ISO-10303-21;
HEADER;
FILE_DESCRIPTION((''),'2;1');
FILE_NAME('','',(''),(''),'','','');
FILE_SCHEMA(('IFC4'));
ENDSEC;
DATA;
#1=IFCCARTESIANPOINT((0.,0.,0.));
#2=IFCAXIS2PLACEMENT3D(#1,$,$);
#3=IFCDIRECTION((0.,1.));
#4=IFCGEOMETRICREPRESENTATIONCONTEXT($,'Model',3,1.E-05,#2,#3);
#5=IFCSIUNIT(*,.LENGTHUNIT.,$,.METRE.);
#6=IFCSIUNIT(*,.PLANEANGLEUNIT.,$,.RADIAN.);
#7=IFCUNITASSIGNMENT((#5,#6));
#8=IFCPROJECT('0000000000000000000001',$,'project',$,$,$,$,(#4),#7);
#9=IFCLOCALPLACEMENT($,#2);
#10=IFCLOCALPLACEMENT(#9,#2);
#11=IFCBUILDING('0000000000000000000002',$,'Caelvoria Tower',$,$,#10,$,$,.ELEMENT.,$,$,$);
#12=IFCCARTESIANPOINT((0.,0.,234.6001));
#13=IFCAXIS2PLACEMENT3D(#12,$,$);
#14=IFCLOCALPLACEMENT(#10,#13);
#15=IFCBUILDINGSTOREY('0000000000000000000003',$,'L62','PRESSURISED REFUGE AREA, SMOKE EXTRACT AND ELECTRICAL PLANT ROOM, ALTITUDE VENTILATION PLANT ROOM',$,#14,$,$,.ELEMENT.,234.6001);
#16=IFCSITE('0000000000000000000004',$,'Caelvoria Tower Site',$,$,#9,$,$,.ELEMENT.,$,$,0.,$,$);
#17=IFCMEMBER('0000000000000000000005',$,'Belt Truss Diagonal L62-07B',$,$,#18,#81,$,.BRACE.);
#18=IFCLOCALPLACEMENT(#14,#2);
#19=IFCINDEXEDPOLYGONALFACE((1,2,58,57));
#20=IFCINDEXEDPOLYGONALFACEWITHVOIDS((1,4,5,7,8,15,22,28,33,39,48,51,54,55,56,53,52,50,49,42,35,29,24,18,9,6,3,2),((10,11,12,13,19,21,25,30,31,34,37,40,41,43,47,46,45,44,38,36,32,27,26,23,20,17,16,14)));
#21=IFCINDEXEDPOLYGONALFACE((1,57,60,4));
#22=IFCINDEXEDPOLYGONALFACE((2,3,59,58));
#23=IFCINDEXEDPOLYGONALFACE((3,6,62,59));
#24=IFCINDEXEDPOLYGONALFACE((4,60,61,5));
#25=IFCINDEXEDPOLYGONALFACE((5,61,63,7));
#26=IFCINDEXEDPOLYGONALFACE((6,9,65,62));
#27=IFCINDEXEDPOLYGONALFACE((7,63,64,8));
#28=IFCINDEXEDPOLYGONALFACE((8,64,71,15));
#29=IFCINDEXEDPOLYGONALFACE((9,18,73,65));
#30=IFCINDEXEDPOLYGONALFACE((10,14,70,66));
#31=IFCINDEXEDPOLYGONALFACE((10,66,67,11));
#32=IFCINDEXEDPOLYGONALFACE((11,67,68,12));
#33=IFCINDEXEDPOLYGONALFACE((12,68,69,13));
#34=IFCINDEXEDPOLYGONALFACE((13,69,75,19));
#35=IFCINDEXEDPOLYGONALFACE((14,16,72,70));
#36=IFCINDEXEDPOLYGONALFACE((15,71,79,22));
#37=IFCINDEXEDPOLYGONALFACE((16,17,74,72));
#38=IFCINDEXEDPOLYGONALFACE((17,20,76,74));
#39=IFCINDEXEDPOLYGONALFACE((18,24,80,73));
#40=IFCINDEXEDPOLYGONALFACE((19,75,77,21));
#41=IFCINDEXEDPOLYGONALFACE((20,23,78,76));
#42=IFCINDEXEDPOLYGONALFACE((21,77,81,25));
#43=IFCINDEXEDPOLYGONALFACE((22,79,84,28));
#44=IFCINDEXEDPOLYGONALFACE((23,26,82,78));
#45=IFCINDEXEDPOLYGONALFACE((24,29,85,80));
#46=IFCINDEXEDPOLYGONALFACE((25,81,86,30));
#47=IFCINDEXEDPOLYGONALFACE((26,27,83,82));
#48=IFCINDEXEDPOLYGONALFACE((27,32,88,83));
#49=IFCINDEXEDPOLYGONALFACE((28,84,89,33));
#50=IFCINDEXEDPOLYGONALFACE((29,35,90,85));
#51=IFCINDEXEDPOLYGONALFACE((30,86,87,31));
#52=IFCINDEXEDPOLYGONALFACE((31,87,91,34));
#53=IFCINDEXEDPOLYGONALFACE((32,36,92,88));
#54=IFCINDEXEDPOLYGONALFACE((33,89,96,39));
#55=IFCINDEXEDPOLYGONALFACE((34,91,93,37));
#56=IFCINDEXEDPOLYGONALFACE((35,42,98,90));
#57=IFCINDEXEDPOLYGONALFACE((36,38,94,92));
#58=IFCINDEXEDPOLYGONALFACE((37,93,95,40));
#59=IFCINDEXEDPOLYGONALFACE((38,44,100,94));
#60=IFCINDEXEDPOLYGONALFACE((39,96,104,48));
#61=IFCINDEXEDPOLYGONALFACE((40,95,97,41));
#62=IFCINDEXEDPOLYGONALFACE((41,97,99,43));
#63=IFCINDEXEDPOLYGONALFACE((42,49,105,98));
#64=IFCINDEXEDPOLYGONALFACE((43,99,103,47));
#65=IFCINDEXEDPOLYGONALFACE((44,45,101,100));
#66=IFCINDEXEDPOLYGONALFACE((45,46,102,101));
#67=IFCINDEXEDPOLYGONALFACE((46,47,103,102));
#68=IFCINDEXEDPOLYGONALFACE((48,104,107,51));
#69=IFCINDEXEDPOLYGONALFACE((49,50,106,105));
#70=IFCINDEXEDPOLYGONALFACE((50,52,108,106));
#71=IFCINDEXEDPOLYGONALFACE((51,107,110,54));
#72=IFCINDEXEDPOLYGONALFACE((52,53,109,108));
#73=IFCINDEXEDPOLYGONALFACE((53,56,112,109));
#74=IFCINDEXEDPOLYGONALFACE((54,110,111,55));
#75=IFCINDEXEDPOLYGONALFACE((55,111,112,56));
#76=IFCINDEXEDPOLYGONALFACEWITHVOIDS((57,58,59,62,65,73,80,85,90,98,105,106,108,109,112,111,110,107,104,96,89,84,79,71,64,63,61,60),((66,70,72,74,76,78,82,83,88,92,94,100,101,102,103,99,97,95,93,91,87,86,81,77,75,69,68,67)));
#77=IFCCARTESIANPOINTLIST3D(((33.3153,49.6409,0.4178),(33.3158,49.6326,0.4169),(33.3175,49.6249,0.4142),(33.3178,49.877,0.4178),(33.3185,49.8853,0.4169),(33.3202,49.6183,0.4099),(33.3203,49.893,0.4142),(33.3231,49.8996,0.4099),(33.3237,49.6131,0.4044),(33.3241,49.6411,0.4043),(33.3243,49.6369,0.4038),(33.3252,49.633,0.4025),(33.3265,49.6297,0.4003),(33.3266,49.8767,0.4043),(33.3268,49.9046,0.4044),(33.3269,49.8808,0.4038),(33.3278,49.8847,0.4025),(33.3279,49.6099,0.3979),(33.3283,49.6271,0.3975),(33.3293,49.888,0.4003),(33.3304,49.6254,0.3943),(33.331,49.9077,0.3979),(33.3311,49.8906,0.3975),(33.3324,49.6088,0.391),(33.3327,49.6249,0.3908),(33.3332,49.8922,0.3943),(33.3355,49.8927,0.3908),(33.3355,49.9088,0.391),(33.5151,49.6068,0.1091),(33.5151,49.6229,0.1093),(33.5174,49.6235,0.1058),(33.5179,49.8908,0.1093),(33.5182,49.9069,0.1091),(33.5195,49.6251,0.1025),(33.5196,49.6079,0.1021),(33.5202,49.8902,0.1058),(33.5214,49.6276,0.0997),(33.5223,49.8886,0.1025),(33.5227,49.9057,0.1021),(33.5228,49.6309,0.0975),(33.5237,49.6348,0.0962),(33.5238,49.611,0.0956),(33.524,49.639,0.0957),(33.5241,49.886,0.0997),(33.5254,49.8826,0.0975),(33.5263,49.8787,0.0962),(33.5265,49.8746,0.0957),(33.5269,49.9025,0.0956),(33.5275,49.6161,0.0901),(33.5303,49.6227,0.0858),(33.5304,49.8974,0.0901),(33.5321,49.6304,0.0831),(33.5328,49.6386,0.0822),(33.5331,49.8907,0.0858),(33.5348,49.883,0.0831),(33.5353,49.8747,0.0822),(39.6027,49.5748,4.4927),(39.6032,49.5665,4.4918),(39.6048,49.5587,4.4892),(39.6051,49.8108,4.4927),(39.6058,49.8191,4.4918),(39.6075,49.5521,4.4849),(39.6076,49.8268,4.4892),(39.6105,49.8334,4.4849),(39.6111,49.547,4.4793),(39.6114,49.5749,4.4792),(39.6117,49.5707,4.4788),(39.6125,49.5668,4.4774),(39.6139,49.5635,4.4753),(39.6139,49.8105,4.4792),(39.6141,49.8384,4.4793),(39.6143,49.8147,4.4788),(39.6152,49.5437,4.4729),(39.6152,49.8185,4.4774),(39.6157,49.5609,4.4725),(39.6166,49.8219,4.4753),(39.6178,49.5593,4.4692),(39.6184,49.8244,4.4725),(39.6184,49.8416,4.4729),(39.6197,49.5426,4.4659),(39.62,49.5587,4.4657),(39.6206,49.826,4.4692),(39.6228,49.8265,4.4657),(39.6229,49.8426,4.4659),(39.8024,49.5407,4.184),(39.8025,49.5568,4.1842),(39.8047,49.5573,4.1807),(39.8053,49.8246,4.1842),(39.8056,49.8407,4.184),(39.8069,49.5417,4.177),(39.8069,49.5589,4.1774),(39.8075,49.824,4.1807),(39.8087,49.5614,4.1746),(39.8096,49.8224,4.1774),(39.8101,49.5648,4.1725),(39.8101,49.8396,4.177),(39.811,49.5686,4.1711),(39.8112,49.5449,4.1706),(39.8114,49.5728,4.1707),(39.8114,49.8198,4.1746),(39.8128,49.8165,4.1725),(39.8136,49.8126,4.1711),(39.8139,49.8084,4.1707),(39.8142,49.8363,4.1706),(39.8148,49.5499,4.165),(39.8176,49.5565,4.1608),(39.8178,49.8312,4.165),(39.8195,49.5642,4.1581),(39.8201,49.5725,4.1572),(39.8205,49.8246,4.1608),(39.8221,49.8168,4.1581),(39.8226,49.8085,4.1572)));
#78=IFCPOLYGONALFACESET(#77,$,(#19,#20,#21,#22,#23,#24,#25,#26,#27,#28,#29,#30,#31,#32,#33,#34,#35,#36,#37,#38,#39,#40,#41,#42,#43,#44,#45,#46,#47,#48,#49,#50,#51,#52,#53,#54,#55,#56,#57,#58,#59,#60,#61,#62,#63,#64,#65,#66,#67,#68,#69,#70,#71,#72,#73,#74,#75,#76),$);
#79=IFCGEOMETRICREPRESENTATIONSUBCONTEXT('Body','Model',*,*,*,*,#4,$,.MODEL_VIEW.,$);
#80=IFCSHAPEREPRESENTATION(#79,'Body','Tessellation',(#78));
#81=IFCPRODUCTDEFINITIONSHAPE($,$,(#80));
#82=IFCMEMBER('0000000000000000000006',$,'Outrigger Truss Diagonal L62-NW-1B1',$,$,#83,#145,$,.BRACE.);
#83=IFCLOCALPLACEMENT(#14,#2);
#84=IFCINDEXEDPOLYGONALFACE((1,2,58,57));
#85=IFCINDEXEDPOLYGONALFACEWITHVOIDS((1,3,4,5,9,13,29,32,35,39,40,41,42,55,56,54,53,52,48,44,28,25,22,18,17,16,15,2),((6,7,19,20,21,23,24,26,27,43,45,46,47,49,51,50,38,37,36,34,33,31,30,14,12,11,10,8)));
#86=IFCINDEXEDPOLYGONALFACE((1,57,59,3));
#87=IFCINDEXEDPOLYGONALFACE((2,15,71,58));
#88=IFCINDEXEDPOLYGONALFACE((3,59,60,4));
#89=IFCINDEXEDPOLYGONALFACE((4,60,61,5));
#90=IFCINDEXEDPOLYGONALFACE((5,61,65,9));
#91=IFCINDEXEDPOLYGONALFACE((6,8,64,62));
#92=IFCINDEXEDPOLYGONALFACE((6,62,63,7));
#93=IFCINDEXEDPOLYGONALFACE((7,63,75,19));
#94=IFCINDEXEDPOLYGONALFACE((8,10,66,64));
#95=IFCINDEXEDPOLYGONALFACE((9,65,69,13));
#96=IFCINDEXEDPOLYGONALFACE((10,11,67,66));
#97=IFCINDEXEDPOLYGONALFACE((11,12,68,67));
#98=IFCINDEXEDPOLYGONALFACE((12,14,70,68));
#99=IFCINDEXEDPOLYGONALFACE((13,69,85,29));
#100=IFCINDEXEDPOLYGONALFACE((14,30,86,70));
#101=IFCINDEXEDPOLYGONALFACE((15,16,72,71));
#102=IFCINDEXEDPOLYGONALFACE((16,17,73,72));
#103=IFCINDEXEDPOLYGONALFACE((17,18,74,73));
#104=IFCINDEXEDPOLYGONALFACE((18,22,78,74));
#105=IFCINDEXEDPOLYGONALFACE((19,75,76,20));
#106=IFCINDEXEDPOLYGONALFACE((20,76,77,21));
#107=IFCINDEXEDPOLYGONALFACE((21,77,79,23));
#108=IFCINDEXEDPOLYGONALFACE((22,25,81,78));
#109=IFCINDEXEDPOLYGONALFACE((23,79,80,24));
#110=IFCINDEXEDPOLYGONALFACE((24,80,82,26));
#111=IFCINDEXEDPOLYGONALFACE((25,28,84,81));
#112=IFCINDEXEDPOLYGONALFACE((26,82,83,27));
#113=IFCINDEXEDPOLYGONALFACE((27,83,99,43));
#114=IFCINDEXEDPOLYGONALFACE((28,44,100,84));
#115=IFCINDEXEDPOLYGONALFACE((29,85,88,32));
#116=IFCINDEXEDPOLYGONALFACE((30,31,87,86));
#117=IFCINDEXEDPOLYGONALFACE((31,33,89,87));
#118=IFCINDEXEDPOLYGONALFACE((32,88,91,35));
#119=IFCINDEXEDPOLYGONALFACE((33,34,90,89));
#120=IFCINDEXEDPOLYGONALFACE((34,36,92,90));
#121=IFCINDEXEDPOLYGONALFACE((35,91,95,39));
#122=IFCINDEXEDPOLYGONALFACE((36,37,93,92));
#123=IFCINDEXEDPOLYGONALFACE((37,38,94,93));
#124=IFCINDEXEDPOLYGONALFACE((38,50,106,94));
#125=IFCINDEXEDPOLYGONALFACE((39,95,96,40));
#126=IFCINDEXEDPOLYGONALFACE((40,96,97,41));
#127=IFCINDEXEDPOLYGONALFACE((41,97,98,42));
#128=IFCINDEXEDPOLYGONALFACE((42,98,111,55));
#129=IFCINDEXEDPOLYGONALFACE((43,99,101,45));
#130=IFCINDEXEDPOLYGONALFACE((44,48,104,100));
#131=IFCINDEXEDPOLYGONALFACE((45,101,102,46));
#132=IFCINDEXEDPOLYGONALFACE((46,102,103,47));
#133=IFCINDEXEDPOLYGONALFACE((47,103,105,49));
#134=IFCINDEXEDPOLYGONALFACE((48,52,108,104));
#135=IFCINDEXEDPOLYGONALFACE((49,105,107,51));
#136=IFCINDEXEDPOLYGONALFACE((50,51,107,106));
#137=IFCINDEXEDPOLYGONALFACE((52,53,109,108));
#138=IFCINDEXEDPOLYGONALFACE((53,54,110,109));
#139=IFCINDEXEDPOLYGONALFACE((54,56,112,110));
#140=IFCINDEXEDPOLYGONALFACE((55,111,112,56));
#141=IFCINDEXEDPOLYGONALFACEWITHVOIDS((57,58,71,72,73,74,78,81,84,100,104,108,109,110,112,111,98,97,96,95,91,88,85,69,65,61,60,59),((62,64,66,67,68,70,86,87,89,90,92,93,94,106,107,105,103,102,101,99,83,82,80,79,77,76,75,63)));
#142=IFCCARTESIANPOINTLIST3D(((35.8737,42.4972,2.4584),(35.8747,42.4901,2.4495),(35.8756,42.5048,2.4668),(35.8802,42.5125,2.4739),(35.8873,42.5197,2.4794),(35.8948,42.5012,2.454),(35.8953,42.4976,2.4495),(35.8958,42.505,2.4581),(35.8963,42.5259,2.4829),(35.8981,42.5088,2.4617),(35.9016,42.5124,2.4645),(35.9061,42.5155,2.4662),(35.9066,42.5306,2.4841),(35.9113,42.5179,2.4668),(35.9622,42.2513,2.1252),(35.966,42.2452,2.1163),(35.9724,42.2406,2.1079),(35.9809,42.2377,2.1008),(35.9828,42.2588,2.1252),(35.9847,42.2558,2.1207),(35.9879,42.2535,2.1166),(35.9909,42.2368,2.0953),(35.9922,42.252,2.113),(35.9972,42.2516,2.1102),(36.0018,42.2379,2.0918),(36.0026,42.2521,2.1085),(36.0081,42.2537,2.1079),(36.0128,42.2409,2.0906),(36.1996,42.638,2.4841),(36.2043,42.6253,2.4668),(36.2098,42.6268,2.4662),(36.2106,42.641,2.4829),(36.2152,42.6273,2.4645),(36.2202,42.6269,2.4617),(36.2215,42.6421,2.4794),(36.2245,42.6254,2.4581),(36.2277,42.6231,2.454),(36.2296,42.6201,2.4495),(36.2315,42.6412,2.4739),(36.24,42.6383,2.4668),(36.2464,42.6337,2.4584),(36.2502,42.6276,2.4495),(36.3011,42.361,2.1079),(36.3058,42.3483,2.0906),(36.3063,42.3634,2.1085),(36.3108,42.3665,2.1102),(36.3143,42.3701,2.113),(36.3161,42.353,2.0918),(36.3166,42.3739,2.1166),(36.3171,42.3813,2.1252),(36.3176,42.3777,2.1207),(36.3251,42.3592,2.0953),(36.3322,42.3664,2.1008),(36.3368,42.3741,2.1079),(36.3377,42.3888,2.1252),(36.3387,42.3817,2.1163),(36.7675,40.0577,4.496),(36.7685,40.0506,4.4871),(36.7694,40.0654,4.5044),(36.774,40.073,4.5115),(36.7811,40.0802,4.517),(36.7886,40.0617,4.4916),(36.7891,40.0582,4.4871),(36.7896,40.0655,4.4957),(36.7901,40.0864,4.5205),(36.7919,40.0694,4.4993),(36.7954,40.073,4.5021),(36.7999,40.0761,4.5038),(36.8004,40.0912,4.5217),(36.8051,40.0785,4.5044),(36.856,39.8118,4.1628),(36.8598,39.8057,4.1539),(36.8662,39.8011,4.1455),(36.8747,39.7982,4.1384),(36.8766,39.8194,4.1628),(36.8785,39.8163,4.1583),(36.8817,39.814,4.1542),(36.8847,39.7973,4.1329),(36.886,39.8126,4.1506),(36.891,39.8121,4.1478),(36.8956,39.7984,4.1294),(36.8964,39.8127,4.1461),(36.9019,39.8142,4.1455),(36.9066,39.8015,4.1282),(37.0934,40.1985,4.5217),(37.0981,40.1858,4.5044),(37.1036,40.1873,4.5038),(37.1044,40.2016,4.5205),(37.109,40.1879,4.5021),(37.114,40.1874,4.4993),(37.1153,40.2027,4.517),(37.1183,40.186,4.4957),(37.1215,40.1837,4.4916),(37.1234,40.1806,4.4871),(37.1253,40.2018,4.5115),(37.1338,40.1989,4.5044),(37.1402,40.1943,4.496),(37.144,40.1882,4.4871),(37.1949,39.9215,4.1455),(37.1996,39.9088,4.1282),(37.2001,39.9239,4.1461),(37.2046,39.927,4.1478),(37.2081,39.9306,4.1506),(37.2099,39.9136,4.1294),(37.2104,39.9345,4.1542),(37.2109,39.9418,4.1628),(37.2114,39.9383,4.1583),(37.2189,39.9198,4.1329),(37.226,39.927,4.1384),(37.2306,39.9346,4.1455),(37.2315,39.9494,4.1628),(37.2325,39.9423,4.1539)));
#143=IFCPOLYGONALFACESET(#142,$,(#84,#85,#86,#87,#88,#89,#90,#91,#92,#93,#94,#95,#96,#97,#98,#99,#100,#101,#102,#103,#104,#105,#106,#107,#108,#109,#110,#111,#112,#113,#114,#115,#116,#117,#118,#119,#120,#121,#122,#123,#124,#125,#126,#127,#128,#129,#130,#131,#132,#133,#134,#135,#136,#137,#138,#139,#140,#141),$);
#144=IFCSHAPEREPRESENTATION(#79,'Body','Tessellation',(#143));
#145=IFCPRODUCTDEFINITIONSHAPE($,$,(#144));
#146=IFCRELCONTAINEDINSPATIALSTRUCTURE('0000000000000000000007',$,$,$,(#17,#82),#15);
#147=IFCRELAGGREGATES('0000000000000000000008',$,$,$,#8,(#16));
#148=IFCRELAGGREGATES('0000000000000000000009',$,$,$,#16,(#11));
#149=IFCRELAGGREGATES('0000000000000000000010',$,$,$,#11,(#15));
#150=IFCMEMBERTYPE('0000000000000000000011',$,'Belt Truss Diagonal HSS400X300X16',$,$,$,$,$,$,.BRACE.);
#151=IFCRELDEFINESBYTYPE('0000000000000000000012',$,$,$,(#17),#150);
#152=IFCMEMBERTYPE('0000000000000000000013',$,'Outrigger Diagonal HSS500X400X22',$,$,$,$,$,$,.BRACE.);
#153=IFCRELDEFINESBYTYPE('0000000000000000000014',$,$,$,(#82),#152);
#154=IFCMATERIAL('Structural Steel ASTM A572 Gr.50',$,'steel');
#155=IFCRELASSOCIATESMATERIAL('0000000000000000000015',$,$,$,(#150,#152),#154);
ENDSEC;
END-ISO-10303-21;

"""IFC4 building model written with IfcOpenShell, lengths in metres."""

from ifc_helpers import new_model, si_unit, direction, frame, origin, origin_2d, place, context, subcontext, project, spatial, hollow_rectangle, extrude, material, material_profile, profile_set, type_object, element, save


model = new_model("IFC4")

# Units and contexts
model_context = context("Model", 3, precision=1e-05, world=origin(), true_north=direction((0.0, 1.0)))
body_context = subcontext(model_context, "Body", "Model", "MODEL_VIEW")
ifc_project = project(units=[si_unit("LENGTHUNIT", "METRE"), si_unit("PLANEANGLEUNIT", "RADIAN")], contexts=[model_context])

# Site, building, storey
site_placement = place(None, origin())
site = spatial("IfcSite", under=ifc_project, at=site_placement, Name="Caelvoria Tower Site", CompositionType="ELEMENT", RefElevation=0.0)
building_placement = place(site_placement, origin())
building = spatial("IfcBuilding", under=site, at=building_placement, Name="Caelvoria Tower", CompositionType="ELEMENT")
storey_placement = place(building_placement, frame((0.0, 0.0, 234.6001)))
storey = spatial("IfcBuildingStorey", under=building, at=storey_placement, Name="L62", Description="PRESSURISED REFUGE AREA, SMOKE EXTRACT AND ELECTRICAL PLANT ROOM, ALTITUDE VENTILATION PLANT ROOM", CompositionType="ELEMENT", Elevation=234.6001)

# Members
ifc_material_1 = material(Name="Structural Steel ASTM A572 Gr.50", Category="steel")
ifc_material_profile_1 = material_profile(ifc_material_1, hollow_rectangle(XDim=0.3, YDim=0.3999, WallThickness=0.0161, InnerFilletRadius=0.0161, OuterFilletRadius=0.032, at=origin_2d()), Name="Structural Steel ASTM A572 Gr.50")
ifc_profile_set_1 = profile_set([ifc_material_profile_1], Name="HSS400X300X16 - Structural Steel ASTM A572 Gr.50")
member_type_1 = type_object("IfcMemberType", Name="Belt Truss Diagonal HSS400X300X16", PredefinedType="BRACE", material=ifc_profile_set_1)
member_1_placement = place(storey_placement, frame((39.7126, 49.6917, 4.325), z_axis=(-0.839132, 0.00883, -0.543857), x_axis=(-0.010522, -0.999945, 0.0)))
element("IfcMember", 1, at=member_1_placement, inside=storey, type_object=member_type_1, Name="Belt Truss Diagonal L62-07B", PredefinedType="BRACE", context=body_context, shape_type="SweptSolid", body=[
    extrude(hollow_rectangle(XDim=0.3, YDim=0.3999, WallThickness=0.0161, InnerFilletRadius=0.0161, OuterFilletRadius=0.032, at=origin_2d()), origin(), (0.0, 0.0, 1.0), 7.4927),
])
ifc_material_profile_2 = material_profile(ifc_material_1, hollow_rectangle(XDim=0.3999, YDim=0.5, WallThickness=0.022, InnerFilletRadius=0.022, OuterFilletRadius=0.0439, at=origin_2d()), Name="Structural Steel ASTM A572 Gr.50")
ifc_profile_set_2 = profile_set([ifc_material_profile_2], Name="HSS500X400X22 - Structural Steel ASTM A572 Gr.50")
member_type_2 = type_object("IfcMemberType", Name="Outrigger Diagonal HSS500X400X22", PredefinedType="BRACE", material=ifc_profile_set_2)
member_2_placement = place(storey_placement, frame((37.0, 40.0, 4.325), z_axis=(-0.270704, 0.738834, -0.617125), x_axis=(-0.938959, -0.344028, 0.0)))
element("IfcMember", 2, at=member_2_placement, inside=storey, type_object=member_type_2, Name="Outrigger Truss Diagonal L62-NW-1B1", PredefinedType="BRACE", context=body_context, shape_type="SweptSolid", body=[
    extrude(hollow_rectangle(XDim=0.3999, YDim=0.5, WallThickness=0.022, InnerFilletRadius=0.022, OuterFilletRadius=0.0439, at=origin_2d()), origin(), (0.0, 0.0, 1.0), 3.3018),
])

save(model, "model.ifc")
